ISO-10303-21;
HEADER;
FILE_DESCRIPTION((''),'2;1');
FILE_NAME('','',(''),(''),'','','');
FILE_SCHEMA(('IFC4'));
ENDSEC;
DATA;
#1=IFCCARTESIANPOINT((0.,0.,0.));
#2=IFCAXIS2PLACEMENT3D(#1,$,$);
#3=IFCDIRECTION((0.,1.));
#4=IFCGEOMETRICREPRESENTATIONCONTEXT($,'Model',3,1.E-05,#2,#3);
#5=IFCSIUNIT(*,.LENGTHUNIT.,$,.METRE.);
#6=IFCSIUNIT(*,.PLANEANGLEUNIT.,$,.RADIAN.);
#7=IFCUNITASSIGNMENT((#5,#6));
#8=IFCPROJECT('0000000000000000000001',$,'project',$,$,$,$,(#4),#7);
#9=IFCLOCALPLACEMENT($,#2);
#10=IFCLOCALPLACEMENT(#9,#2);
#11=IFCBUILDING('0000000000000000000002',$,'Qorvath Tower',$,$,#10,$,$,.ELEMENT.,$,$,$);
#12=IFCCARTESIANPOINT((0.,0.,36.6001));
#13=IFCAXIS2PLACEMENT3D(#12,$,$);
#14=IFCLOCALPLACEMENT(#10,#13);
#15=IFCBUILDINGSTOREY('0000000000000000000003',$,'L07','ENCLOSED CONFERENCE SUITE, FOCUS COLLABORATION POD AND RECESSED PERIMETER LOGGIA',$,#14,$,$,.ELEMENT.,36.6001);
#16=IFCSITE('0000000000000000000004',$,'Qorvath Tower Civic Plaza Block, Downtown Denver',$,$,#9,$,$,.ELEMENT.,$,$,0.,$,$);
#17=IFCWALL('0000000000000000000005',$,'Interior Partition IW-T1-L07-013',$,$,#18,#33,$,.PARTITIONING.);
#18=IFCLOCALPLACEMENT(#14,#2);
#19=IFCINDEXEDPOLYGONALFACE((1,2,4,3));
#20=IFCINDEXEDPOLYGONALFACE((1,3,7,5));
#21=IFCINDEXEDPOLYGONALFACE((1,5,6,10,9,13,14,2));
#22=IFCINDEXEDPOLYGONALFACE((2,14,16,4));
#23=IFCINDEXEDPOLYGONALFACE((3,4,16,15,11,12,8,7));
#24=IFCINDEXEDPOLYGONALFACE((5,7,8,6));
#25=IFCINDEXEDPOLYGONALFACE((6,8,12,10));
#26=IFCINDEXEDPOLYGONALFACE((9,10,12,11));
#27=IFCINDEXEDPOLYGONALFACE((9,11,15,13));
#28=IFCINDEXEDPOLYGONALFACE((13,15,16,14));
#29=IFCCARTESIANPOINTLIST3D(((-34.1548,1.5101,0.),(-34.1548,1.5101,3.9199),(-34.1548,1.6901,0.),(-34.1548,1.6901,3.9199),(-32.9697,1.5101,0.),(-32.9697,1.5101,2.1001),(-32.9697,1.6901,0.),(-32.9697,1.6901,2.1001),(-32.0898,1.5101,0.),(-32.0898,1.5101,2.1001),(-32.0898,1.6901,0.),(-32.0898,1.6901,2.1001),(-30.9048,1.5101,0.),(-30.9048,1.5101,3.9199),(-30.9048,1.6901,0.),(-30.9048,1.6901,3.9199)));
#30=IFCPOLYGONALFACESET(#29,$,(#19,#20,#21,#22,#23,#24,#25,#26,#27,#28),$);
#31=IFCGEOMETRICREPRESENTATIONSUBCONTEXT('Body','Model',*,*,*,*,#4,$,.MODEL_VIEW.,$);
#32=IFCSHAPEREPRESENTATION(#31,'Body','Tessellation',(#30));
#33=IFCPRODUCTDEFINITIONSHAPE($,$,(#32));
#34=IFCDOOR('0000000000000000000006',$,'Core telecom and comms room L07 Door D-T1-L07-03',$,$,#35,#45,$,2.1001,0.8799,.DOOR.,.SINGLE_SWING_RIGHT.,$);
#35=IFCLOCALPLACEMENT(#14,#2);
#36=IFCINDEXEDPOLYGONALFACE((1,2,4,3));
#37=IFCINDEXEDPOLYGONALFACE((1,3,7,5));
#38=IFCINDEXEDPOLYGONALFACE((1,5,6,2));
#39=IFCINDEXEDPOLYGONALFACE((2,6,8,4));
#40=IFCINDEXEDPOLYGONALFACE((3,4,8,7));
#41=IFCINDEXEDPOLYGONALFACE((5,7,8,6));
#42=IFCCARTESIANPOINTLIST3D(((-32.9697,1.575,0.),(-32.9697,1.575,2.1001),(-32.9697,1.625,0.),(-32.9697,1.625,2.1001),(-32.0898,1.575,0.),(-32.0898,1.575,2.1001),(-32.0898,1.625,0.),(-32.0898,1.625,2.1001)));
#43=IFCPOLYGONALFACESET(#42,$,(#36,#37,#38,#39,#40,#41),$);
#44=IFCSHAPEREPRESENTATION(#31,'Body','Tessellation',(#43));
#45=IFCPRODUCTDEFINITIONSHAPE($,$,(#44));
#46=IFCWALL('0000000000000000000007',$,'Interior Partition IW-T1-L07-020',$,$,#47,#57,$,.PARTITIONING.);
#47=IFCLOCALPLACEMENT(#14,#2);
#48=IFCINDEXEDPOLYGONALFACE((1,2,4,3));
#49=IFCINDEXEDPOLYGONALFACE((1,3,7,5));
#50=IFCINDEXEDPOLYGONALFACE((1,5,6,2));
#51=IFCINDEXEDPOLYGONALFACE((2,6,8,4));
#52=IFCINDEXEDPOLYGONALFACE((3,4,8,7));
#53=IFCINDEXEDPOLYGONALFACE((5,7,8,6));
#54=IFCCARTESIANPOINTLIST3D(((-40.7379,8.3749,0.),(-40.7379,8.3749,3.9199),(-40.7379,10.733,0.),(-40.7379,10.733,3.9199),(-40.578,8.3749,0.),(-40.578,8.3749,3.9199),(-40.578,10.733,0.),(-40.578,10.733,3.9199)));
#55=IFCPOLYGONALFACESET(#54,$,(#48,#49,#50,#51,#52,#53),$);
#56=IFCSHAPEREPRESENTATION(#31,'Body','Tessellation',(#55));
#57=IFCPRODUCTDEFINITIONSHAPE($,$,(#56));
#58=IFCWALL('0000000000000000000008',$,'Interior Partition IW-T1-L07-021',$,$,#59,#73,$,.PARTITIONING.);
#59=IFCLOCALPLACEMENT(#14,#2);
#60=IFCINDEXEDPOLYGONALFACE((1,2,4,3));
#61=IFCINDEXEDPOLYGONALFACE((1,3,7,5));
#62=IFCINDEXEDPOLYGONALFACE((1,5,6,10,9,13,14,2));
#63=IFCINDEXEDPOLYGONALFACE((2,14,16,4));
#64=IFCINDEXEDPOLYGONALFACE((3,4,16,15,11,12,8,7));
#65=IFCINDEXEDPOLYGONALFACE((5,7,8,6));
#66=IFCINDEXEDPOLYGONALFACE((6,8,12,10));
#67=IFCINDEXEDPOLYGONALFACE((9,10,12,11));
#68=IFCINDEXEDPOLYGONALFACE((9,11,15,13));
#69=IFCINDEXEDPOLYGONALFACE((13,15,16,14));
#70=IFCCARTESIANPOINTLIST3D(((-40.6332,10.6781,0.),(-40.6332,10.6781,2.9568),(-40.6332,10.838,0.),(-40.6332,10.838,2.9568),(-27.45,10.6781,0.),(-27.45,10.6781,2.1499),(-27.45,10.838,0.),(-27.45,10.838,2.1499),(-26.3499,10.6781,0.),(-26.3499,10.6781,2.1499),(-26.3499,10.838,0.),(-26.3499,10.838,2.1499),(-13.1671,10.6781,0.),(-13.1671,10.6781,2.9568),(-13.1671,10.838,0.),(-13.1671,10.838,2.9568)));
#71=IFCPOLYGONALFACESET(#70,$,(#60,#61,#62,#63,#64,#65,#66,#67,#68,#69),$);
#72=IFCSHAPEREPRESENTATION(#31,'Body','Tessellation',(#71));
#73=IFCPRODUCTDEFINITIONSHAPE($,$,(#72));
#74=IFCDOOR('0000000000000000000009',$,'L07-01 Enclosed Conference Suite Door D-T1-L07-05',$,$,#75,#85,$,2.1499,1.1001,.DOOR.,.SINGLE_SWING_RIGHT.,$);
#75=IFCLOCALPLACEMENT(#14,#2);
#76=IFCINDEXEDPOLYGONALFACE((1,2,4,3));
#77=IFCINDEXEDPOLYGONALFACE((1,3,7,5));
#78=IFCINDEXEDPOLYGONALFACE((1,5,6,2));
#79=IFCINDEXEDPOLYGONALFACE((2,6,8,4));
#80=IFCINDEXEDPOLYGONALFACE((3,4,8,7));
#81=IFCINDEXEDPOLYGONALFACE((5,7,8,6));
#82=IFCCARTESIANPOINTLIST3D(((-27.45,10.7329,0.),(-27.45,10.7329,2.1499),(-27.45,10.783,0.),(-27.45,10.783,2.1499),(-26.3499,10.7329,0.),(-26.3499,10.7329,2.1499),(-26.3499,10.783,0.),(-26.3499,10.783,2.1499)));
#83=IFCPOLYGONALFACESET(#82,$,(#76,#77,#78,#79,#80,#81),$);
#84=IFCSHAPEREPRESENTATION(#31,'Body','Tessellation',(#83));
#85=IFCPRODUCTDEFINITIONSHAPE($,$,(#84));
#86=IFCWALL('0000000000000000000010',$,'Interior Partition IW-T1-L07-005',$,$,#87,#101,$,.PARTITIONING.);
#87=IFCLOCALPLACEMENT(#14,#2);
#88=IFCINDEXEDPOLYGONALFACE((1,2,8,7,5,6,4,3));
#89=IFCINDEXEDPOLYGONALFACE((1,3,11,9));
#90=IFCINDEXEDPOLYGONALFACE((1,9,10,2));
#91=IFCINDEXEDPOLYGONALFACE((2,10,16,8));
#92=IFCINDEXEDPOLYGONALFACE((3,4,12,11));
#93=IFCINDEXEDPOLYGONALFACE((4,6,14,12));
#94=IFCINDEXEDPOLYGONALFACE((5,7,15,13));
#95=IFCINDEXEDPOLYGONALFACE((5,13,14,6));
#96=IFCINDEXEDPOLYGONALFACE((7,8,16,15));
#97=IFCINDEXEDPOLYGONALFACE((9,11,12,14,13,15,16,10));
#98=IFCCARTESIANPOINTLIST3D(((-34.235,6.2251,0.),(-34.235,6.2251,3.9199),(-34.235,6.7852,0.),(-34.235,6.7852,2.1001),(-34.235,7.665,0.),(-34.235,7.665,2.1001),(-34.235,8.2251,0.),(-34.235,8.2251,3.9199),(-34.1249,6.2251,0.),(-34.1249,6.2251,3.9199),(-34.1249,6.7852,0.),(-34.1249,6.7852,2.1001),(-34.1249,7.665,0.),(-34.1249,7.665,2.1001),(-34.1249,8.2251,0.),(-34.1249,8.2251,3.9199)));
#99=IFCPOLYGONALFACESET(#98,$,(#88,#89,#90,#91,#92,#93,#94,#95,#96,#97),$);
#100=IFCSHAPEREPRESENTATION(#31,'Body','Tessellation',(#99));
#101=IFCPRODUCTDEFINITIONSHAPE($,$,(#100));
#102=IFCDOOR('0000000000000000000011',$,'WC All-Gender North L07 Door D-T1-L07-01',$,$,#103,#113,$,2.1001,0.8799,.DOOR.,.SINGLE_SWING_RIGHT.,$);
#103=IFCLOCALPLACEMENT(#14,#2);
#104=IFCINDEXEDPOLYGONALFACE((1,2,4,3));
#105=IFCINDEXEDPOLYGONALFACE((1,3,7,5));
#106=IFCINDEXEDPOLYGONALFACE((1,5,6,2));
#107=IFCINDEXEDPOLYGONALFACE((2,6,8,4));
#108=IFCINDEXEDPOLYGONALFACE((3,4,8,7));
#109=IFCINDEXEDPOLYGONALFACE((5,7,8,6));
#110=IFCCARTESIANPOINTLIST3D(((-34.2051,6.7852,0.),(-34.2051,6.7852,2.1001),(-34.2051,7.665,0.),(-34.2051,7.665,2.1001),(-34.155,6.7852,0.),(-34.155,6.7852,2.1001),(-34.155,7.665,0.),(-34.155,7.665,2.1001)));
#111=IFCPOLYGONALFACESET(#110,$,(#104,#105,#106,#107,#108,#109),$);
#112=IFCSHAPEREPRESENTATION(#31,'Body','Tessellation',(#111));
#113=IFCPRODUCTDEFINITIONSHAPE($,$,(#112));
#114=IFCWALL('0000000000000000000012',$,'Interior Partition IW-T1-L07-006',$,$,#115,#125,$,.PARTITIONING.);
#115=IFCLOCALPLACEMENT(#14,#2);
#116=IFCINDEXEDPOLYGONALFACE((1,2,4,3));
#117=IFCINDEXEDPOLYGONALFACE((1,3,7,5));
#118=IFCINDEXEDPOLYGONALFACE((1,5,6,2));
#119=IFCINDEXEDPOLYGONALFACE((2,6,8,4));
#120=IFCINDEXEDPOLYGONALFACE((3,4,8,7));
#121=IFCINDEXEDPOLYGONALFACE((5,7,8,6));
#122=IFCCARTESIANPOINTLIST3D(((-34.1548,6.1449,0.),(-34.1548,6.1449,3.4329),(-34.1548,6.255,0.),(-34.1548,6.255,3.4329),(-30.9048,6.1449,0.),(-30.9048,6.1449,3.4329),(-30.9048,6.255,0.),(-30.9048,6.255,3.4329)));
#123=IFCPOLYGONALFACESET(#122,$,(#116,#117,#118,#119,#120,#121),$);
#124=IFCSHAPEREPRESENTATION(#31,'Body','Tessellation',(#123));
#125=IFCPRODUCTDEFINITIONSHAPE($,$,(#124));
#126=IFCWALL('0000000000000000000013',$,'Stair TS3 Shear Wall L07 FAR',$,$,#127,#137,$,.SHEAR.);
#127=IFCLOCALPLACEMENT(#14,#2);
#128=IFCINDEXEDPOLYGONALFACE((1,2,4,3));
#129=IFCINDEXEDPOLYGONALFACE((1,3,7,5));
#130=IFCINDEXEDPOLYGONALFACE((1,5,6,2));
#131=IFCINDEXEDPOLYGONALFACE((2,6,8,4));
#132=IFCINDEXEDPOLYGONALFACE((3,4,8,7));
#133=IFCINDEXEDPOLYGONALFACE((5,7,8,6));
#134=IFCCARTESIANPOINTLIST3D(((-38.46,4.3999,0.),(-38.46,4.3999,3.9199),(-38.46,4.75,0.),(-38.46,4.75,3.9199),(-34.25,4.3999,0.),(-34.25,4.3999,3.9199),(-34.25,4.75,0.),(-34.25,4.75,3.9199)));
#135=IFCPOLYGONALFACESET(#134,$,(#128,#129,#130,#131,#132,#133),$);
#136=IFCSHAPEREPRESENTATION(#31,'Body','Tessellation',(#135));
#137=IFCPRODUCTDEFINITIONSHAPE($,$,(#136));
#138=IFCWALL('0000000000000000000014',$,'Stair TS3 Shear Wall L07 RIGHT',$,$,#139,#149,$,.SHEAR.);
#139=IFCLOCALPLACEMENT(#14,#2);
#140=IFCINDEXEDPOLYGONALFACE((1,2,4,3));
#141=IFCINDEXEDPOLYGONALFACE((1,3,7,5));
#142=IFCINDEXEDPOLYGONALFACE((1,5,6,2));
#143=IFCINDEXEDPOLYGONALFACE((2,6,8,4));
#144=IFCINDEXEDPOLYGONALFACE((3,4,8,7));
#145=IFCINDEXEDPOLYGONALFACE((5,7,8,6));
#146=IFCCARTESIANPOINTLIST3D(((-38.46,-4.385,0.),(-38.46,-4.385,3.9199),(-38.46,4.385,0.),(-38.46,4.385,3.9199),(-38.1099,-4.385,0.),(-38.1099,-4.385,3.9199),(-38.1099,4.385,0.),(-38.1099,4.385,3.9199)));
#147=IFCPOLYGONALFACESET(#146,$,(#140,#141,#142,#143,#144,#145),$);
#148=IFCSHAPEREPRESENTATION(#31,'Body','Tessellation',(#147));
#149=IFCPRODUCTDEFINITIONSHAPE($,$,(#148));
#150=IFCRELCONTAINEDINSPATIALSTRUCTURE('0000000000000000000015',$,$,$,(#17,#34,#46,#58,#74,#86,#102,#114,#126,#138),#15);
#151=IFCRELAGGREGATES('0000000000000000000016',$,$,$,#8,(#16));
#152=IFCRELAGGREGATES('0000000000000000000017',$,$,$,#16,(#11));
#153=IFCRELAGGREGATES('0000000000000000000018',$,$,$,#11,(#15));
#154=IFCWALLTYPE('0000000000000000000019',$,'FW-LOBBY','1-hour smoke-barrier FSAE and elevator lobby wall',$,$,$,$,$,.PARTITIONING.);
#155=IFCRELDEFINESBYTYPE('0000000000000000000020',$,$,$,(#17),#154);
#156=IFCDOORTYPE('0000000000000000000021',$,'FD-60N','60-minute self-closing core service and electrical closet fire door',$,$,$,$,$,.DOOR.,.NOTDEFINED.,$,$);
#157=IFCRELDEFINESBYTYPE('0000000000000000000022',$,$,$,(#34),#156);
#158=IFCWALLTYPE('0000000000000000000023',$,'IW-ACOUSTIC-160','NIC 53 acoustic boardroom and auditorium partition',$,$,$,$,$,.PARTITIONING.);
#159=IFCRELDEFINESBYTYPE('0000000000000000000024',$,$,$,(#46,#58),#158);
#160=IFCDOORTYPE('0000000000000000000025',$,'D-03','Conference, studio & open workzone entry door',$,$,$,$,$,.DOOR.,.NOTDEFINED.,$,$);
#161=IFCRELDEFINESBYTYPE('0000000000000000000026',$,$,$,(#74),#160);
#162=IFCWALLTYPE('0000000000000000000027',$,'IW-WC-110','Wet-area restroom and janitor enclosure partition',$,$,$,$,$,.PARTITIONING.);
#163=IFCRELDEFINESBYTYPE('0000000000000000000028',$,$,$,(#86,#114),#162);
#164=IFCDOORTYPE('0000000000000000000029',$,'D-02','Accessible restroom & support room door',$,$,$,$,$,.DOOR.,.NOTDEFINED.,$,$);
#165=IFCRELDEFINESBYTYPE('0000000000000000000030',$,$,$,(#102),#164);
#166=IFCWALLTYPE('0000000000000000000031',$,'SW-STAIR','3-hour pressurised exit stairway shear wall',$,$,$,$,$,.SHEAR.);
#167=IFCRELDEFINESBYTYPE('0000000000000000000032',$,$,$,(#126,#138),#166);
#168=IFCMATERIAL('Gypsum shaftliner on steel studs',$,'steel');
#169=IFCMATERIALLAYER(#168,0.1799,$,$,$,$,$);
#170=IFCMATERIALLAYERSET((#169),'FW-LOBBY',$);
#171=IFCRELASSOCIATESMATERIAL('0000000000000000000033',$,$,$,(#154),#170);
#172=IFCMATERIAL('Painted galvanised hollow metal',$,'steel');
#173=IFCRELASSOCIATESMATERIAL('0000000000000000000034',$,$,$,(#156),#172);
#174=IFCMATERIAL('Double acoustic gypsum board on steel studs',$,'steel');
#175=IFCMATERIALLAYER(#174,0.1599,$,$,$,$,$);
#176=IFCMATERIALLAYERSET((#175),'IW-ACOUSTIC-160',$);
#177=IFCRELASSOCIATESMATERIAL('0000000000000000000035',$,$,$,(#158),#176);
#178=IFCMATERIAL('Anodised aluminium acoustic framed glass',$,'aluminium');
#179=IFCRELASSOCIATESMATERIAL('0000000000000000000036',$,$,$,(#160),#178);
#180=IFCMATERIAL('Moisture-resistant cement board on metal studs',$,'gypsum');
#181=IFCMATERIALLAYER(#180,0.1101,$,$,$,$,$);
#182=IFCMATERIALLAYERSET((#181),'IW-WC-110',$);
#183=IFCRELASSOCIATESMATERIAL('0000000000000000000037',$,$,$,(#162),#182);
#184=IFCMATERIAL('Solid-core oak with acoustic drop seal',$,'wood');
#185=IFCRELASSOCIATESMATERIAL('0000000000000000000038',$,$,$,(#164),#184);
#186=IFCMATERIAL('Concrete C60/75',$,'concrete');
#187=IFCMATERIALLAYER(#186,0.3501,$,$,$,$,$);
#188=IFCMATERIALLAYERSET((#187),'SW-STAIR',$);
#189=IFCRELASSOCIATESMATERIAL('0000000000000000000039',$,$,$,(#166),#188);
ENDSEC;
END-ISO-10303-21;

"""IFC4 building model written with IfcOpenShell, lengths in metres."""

from ifc_helpers import new_model, si_unit, direction, frame, frame_2d, origin, place, context, subcontext, project, spatial, rectangle, extrude, material, layer, layer_set, type_object, element, fill, save


model = new_model("IFC4")

# Units and contexts
model_context = context("Model", 3, precision=1e-05, world=origin(), true_north=direction((0.0, 1.0)))
body_context = subcontext(model_context, "Body", "Model", "MODEL_VIEW")
ifc_project = project(units=[si_unit("LENGTHUNIT", "METRE"), si_unit("PLANEANGLEUNIT", "RADIAN")], contexts=[model_context])

# Site, building, storey
site_placement = place(None, origin())
site = spatial("IfcSite", under=ifc_project, at=site_placement, Name="Qorvath Tower Civic Plaza Block, Downtown Denver", CompositionType="ELEMENT", RefElevation=0.0)
building_placement = place(site_placement, origin())
building = spatial("IfcBuilding", under=site, at=building_placement, Name="Qorvath Tower", CompositionType="ELEMENT")
storey_placement = place(building_placement, frame((0.0, 0.0, 36.6001)))
storey = spatial("IfcBuildingStorey", under=building, at=storey_placement, Name="L07", Description="ENCLOSED CONFERENCE SUITE, FOCUS COLLABORATION POD AND RECESSED PERIMETER LOGGIA", CompositionType="ELEMENT", Elevation=36.6001)

# Shared definitions
ifc_material_1 = material(Name="Gypsum shaftliner on steel studs", Category="steel")
ifc_layer_1 = layer(ifc_material_1, 0.1799)
ifc_layer_set_1 = layer_set([ifc_layer_1], Name="FW-LOBBY")
wall_type_1 = type_object("IfcWallType", Name="FW-LOBBY", Description="1-hour smoke-barrier FSAE and elevator lobby wall", PredefinedType="PARTITIONING", material=ifc_layer_set_1)

# Wall, opening, door
wall_1_placement = place(storey_placement, frame((-34.1548, 1.6001, 0.0), z_axis=(0.0, 0.0, 1.0), x_axis=(1.0, 0.0, 0.0)))
wall_1 = element("IfcWall", 1, at=wall_1_placement, inside=storey, type_object=wall_type_1, Name="Interior Partition IW-T1-L07-013", PredefinedType="PARTITIONING", context=body_context, shape_type="SweptSolid", body=[
    extrude(rectangle(XDim=3.25, YDim=0.1799, at=frame_2d((1.625, 0.0))), origin(), (0.0, 0.0, 1.0), 3.9199),
])
opening_1_placement = place(wall_1_placement, frame((1.1851, 0.0, 0.0)))
opening_1 = element("IfcOpeningElement", 2, at=opening_1_placement, cuts=wall_1, PredefinedType="OPENING", context=body_context, shape_type="SweptSolid", body=[
    extrude(rectangle(XDim=0.8799, YDim=2.1001, at=frame_2d((0.4399, 1.05))), frame((0.0, 0.1001, 0.0), z_axis=(0.0, -1.0, 0.0), x_axis=(1.0, 0.0, 0.0)), (0.0, 0.0, 1.0), 0.2),
])
ifc_material_2 = material(Name="Painted galvanised hollow metal", Category="steel")
door_type_1 = type_object("IfcDoorType", Name="FD-60N", Description="60-minute self-closing core service and electrical closet fire door", OperationType="NOTDEFINED", PredefinedType="DOOR", material=ifc_material_2)
door_1_placement = place(opening_1_placement, origin())
door_1 = element("IfcDoor", 3, at=door_1_placement, inside=storey, type_object=door_type_1, Name="Core telecom and comms room L07 Door D-T1-L07-03", OperationType="SINGLE_SWING_RIGHT", OverallHeight=2.1001, OverallWidth=0.8799, PredefinedType="DOOR", context=body_context, shape_type="SweptSolid", body=[
    extrude(rectangle(XDim=0.8799, YDim=2.1001, at=frame_2d((0.4399, 1.05))), frame((0.0, 0.0249, 0.0), z_axis=(0.0, -1.0, 0.0), x_axis=(1.0, 0.0, 0.0)), (0.0, 0.0, 1.0), 0.05),
])
fill(opening_1, door_1)

# Wall
ifc_material_3 = material(Name="Double acoustic gypsum board on steel studs", Category="steel")
ifc_layer_2 = layer(ifc_material_3, 0.1599)
ifc_layer_set_2 = layer_set([ifc_layer_2], Name="IW-ACOUSTIC-160")
wall_type_2 = type_object("IfcWallType", Name="IW-ACOUSTIC-160", Description="NIC 53 acoustic boardroom and auditorium partition", PredefinedType="PARTITIONING", material=ifc_layer_set_2)
wall_2_placement = place(storey_placement, frame((-40.658, 10.7332, 0.0), z_axis=(0.0, 0.0, 1.0), x_axis=(0.0, -1.0, 0.0)))
element("IfcWall", 4, at=wall_2_placement, inside=storey, type_object=wall_type_2, Name="Interior Partition IW-T1-L07-020", PredefinedType="PARTITIONING", context=body_context, shape_type="SweptSolid", body=[
    extrude(rectangle(XDim=2.3582, YDim=0.1599, at=frame_2d((1.1792, 0.0))), origin(), (0.0, 0.0, 1.0), 3.9199),
])

# Walls, openings, doors
wall_3_placement = place(storey_placement, frame((-40.6331, 10.7581, 0.0), z_axis=(0.0, 0.0, 1.0), x_axis=(1.0, 0.0, 0.0)))
wall_3 = element("IfcWall", 5, at=wall_3_placement, inside=storey, type_object=wall_type_2, Name="Interior Partition IW-T1-L07-021", PredefinedType="PARTITIONING", context=body_context, shape_type="SweptSolid", body=[
    extrude(rectangle(XDim=27.4661, YDim=0.1599, at=frame_2d((13.7329, 0.0))), origin(), (0.0, 0.0, 1.0), 2.9568),
])
opening_2_placement = place(wall_3_placement, frame((13.1831, 0.0, 0.0)))
opening_2 = element("IfcOpeningElement", 6, at=opening_2_placement, cuts=wall_3, PredefinedType="OPENING", context=body_context, shape_type="SweptSolid", body=[
    extrude(rectangle(XDim=1.1001, YDim=2.1499, at=frame_2d((0.55, 1.075))), frame((0.0, 0.0898, 0.0), z_axis=(0.0, -1.0, 0.0), x_axis=(1.0, 0.0, 0.0)), (0.0, 0.0, 1.0), 0.1799),
])
ifc_material_4 = material(Name="Anodised aluminium acoustic framed glass", Category="aluminium")
door_type_2 = type_object("IfcDoorType", Name="D-03", Description="Conference, studio & open workzone entry door", OperationType="NOTDEFINED", PredefinedType="DOOR", material=ifc_material_4)
door_2_placement = place(opening_2_placement, origin())
door_2 = element("IfcDoor", 7, at=door_2_placement, inside=storey, type_object=door_type_2, Name="L07-01 Enclosed Conference Suite Door D-T1-L07-05", OperationType="SINGLE_SWING_RIGHT", OverallHeight=2.1499, OverallWidth=1.1001, PredefinedType="DOOR", context=body_context, shape_type="SweptSolid", body=[
    extrude(rectangle(XDim=1.1001, YDim=2.1499, at=frame_2d((0.55, 1.075))), frame((0.0, 0.0249, 0.0), z_axis=(0.0, -1.0, 0.0), x_axis=(1.0, 0.0, 0.0)), (0.0, 0.0, 1.0), 0.05),
])
fill(opening_2, door_2)
ifc_material_5 = material(Name="Moisture-resistant cement board on metal studs", Category="gypsum")
ifc_layer_3 = layer(ifc_material_5, 0.1101)
ifc_layer_set_3 = layer_set([ifc_layer_3], Name="IW-WC-110")
wall_type_3 = type_object("IfcWallType", Name="IW-WC-110", Description="Wet-area restroom and janitor enclosure partition", PredefinedType="PARTITIONING", material=ifc_layer_set_3)
wall_4_placement = place(storey_placement, frame((-34.1799, 8.2251, 0.0), z_axis=(0.0, 0.0, 1.0), x_axis=(0.0, -1.0, 0.0)))
wall_4 = element("IfcWall", 8, at=wall_4_placement, inside=storey, type_object=wall_type_3, Name="Interior Partition IW-T1-L07-005", PredefinedType="PARTITIONING", context=body_context, shape_type="SweptSolid", body=[
    extrude(rectangle(XDim=2.0, YDim=0.1101, at=frame_2d((1.0, 0.0))), origin(), (0.0, 0.0, 1.0), 3.9199),
])
opening_3_placement = place(wall_4_placement, frame((0.5601, 0.0, 0.0)))
opening_3 = element("IfcOpeningElement", 9, at=opening_3_placement, cuts=wall_4, PredefinedType="OPENING", context=body_context, shape_type="SweptSolid", body=[
    extrude(rectangle(XDim=0.8799, YDim=2.1001, at=frame_2d((0.4399, 1.05))), frame((0.0, 0.0649, 0.0), z_axis=(0.0, -1.0, 0.0), x_axis=(1.0, 0.0, 0.0)), (0.0, 0.0, 1.0), 0.1301),
])
ifc_material_6 = material(Name="Solid-core oak with acoustic drop seal", Category="wood")
door_type_3 = type_object("IfcDoorType", Name="D-02", Description="Accessible restroom & support room door", OperationType="NOTDEFINED", PredefinedType="DOOR", material=ifc_material_6)
door_3_placement = place(opening_3_placement, origin())
door_3 = element("IfcDoor", 10, at=door_3_placement, inside=storey, type_object=door_type_3, Name="WC All-Gender North L07 Door D-T1-L07-01", OperationType="SINGLE_SWING_RIGHT", OverallHeight=2.1001, OverallWidth=0.8799, PredefinedType="DOOR", context=body_context, shape_type="SweptSolid", body=[
    extrude(rectangle(XDim=0.8799, YDim=2.1001, at=frame_2d((0.4399, 1.05))), frame((0.0, 0.0249, 0.0), z_axis=(0.0, -1.0, 0.0), x_axis=(1.0, 0.0, 0.0)), (0.0, 0.0, 1.0), 0.05),
])
fill(opening_3, door_3)

# Walls
wall_5_placement = place(storey_placement, frame((-34.1548, 6.2, 0.0), z_axis=(0.0, 0.0, 1.0), x_axis=(1.0, 0.0, 0.0)))
element("IfcWall", 11, at=wall_5_placement, inside=storey, type_object=wall_type_3, Name="Interior Partition IW-T1-L07-006", PredefinedType="PARTITIONING", context=body_context, shape_type="SweptSolid", body=[
    extrude(rectangle(XDim=3.25, YDim=0.1101, at=frame_2d((1.625, 0.0))), origin(), (0.0, 0.0, 1.0), 3.4329),
])
ifc_material_7 = material(Name="Concrete C60/75", Category="concrete")
ifc_layer_4 = layer(ifc_material_7, 0.3501)
ifc_layer_set_4 = layer_set([ifc_layer_4], Name="SW-STAIR")
wall_type_4 = type_object("IfcWallType", Name="SW-STAIR", Description="3-hour pressurised exit stairway shear wall", PredefinedType="SHEAR", material=ifc_layer_set_4)
wall_6_placement = place(storey_placement, frame((-34.25, 4.575, 0.0), z_axis=(0.0, 0.0, 1.0), x_axis=(-1.0, 0.0, 0.0)))
element("IfcWall", 12, at=wall_6_placement, inside=storey, type_object=wall_type_4, Name="Stair TS3 Shear Wall L07 FAR", PredefinedType="SHEAR", context=body_context, shape_type="SweptSolid", body=[
    extrude(rectangle(XDim=4.21, YDim=0.3501, at=frame_2d((2.105, 0.0))), origin(), (0.0, 0.0, 1.0), 3.9199),
])
wall_7_placement = place(storey_placement, frame((-38.2849, 4.385, 0.0), z_axis=(0.0, 0.0, 1.0), x_axis=(0.0, -1.0, 0.0)))
element("IfcWall", 13, at=wall_7_placement, inside=storey, type_object=wall_type_4, Name="Stair TS3 Shear Wall L07 RIGHT", PredefinedType="SHEAR", context=body_context, shape_type="SweptSolid", body=[
    extrude(rectangle(XDim=8.77, YDim=0.3501, at=frame_2d((4.385, 0.0))), origin(), (0.0, 0.0, 1.0), 3.9199),
])

save(model, "model.ifc")
